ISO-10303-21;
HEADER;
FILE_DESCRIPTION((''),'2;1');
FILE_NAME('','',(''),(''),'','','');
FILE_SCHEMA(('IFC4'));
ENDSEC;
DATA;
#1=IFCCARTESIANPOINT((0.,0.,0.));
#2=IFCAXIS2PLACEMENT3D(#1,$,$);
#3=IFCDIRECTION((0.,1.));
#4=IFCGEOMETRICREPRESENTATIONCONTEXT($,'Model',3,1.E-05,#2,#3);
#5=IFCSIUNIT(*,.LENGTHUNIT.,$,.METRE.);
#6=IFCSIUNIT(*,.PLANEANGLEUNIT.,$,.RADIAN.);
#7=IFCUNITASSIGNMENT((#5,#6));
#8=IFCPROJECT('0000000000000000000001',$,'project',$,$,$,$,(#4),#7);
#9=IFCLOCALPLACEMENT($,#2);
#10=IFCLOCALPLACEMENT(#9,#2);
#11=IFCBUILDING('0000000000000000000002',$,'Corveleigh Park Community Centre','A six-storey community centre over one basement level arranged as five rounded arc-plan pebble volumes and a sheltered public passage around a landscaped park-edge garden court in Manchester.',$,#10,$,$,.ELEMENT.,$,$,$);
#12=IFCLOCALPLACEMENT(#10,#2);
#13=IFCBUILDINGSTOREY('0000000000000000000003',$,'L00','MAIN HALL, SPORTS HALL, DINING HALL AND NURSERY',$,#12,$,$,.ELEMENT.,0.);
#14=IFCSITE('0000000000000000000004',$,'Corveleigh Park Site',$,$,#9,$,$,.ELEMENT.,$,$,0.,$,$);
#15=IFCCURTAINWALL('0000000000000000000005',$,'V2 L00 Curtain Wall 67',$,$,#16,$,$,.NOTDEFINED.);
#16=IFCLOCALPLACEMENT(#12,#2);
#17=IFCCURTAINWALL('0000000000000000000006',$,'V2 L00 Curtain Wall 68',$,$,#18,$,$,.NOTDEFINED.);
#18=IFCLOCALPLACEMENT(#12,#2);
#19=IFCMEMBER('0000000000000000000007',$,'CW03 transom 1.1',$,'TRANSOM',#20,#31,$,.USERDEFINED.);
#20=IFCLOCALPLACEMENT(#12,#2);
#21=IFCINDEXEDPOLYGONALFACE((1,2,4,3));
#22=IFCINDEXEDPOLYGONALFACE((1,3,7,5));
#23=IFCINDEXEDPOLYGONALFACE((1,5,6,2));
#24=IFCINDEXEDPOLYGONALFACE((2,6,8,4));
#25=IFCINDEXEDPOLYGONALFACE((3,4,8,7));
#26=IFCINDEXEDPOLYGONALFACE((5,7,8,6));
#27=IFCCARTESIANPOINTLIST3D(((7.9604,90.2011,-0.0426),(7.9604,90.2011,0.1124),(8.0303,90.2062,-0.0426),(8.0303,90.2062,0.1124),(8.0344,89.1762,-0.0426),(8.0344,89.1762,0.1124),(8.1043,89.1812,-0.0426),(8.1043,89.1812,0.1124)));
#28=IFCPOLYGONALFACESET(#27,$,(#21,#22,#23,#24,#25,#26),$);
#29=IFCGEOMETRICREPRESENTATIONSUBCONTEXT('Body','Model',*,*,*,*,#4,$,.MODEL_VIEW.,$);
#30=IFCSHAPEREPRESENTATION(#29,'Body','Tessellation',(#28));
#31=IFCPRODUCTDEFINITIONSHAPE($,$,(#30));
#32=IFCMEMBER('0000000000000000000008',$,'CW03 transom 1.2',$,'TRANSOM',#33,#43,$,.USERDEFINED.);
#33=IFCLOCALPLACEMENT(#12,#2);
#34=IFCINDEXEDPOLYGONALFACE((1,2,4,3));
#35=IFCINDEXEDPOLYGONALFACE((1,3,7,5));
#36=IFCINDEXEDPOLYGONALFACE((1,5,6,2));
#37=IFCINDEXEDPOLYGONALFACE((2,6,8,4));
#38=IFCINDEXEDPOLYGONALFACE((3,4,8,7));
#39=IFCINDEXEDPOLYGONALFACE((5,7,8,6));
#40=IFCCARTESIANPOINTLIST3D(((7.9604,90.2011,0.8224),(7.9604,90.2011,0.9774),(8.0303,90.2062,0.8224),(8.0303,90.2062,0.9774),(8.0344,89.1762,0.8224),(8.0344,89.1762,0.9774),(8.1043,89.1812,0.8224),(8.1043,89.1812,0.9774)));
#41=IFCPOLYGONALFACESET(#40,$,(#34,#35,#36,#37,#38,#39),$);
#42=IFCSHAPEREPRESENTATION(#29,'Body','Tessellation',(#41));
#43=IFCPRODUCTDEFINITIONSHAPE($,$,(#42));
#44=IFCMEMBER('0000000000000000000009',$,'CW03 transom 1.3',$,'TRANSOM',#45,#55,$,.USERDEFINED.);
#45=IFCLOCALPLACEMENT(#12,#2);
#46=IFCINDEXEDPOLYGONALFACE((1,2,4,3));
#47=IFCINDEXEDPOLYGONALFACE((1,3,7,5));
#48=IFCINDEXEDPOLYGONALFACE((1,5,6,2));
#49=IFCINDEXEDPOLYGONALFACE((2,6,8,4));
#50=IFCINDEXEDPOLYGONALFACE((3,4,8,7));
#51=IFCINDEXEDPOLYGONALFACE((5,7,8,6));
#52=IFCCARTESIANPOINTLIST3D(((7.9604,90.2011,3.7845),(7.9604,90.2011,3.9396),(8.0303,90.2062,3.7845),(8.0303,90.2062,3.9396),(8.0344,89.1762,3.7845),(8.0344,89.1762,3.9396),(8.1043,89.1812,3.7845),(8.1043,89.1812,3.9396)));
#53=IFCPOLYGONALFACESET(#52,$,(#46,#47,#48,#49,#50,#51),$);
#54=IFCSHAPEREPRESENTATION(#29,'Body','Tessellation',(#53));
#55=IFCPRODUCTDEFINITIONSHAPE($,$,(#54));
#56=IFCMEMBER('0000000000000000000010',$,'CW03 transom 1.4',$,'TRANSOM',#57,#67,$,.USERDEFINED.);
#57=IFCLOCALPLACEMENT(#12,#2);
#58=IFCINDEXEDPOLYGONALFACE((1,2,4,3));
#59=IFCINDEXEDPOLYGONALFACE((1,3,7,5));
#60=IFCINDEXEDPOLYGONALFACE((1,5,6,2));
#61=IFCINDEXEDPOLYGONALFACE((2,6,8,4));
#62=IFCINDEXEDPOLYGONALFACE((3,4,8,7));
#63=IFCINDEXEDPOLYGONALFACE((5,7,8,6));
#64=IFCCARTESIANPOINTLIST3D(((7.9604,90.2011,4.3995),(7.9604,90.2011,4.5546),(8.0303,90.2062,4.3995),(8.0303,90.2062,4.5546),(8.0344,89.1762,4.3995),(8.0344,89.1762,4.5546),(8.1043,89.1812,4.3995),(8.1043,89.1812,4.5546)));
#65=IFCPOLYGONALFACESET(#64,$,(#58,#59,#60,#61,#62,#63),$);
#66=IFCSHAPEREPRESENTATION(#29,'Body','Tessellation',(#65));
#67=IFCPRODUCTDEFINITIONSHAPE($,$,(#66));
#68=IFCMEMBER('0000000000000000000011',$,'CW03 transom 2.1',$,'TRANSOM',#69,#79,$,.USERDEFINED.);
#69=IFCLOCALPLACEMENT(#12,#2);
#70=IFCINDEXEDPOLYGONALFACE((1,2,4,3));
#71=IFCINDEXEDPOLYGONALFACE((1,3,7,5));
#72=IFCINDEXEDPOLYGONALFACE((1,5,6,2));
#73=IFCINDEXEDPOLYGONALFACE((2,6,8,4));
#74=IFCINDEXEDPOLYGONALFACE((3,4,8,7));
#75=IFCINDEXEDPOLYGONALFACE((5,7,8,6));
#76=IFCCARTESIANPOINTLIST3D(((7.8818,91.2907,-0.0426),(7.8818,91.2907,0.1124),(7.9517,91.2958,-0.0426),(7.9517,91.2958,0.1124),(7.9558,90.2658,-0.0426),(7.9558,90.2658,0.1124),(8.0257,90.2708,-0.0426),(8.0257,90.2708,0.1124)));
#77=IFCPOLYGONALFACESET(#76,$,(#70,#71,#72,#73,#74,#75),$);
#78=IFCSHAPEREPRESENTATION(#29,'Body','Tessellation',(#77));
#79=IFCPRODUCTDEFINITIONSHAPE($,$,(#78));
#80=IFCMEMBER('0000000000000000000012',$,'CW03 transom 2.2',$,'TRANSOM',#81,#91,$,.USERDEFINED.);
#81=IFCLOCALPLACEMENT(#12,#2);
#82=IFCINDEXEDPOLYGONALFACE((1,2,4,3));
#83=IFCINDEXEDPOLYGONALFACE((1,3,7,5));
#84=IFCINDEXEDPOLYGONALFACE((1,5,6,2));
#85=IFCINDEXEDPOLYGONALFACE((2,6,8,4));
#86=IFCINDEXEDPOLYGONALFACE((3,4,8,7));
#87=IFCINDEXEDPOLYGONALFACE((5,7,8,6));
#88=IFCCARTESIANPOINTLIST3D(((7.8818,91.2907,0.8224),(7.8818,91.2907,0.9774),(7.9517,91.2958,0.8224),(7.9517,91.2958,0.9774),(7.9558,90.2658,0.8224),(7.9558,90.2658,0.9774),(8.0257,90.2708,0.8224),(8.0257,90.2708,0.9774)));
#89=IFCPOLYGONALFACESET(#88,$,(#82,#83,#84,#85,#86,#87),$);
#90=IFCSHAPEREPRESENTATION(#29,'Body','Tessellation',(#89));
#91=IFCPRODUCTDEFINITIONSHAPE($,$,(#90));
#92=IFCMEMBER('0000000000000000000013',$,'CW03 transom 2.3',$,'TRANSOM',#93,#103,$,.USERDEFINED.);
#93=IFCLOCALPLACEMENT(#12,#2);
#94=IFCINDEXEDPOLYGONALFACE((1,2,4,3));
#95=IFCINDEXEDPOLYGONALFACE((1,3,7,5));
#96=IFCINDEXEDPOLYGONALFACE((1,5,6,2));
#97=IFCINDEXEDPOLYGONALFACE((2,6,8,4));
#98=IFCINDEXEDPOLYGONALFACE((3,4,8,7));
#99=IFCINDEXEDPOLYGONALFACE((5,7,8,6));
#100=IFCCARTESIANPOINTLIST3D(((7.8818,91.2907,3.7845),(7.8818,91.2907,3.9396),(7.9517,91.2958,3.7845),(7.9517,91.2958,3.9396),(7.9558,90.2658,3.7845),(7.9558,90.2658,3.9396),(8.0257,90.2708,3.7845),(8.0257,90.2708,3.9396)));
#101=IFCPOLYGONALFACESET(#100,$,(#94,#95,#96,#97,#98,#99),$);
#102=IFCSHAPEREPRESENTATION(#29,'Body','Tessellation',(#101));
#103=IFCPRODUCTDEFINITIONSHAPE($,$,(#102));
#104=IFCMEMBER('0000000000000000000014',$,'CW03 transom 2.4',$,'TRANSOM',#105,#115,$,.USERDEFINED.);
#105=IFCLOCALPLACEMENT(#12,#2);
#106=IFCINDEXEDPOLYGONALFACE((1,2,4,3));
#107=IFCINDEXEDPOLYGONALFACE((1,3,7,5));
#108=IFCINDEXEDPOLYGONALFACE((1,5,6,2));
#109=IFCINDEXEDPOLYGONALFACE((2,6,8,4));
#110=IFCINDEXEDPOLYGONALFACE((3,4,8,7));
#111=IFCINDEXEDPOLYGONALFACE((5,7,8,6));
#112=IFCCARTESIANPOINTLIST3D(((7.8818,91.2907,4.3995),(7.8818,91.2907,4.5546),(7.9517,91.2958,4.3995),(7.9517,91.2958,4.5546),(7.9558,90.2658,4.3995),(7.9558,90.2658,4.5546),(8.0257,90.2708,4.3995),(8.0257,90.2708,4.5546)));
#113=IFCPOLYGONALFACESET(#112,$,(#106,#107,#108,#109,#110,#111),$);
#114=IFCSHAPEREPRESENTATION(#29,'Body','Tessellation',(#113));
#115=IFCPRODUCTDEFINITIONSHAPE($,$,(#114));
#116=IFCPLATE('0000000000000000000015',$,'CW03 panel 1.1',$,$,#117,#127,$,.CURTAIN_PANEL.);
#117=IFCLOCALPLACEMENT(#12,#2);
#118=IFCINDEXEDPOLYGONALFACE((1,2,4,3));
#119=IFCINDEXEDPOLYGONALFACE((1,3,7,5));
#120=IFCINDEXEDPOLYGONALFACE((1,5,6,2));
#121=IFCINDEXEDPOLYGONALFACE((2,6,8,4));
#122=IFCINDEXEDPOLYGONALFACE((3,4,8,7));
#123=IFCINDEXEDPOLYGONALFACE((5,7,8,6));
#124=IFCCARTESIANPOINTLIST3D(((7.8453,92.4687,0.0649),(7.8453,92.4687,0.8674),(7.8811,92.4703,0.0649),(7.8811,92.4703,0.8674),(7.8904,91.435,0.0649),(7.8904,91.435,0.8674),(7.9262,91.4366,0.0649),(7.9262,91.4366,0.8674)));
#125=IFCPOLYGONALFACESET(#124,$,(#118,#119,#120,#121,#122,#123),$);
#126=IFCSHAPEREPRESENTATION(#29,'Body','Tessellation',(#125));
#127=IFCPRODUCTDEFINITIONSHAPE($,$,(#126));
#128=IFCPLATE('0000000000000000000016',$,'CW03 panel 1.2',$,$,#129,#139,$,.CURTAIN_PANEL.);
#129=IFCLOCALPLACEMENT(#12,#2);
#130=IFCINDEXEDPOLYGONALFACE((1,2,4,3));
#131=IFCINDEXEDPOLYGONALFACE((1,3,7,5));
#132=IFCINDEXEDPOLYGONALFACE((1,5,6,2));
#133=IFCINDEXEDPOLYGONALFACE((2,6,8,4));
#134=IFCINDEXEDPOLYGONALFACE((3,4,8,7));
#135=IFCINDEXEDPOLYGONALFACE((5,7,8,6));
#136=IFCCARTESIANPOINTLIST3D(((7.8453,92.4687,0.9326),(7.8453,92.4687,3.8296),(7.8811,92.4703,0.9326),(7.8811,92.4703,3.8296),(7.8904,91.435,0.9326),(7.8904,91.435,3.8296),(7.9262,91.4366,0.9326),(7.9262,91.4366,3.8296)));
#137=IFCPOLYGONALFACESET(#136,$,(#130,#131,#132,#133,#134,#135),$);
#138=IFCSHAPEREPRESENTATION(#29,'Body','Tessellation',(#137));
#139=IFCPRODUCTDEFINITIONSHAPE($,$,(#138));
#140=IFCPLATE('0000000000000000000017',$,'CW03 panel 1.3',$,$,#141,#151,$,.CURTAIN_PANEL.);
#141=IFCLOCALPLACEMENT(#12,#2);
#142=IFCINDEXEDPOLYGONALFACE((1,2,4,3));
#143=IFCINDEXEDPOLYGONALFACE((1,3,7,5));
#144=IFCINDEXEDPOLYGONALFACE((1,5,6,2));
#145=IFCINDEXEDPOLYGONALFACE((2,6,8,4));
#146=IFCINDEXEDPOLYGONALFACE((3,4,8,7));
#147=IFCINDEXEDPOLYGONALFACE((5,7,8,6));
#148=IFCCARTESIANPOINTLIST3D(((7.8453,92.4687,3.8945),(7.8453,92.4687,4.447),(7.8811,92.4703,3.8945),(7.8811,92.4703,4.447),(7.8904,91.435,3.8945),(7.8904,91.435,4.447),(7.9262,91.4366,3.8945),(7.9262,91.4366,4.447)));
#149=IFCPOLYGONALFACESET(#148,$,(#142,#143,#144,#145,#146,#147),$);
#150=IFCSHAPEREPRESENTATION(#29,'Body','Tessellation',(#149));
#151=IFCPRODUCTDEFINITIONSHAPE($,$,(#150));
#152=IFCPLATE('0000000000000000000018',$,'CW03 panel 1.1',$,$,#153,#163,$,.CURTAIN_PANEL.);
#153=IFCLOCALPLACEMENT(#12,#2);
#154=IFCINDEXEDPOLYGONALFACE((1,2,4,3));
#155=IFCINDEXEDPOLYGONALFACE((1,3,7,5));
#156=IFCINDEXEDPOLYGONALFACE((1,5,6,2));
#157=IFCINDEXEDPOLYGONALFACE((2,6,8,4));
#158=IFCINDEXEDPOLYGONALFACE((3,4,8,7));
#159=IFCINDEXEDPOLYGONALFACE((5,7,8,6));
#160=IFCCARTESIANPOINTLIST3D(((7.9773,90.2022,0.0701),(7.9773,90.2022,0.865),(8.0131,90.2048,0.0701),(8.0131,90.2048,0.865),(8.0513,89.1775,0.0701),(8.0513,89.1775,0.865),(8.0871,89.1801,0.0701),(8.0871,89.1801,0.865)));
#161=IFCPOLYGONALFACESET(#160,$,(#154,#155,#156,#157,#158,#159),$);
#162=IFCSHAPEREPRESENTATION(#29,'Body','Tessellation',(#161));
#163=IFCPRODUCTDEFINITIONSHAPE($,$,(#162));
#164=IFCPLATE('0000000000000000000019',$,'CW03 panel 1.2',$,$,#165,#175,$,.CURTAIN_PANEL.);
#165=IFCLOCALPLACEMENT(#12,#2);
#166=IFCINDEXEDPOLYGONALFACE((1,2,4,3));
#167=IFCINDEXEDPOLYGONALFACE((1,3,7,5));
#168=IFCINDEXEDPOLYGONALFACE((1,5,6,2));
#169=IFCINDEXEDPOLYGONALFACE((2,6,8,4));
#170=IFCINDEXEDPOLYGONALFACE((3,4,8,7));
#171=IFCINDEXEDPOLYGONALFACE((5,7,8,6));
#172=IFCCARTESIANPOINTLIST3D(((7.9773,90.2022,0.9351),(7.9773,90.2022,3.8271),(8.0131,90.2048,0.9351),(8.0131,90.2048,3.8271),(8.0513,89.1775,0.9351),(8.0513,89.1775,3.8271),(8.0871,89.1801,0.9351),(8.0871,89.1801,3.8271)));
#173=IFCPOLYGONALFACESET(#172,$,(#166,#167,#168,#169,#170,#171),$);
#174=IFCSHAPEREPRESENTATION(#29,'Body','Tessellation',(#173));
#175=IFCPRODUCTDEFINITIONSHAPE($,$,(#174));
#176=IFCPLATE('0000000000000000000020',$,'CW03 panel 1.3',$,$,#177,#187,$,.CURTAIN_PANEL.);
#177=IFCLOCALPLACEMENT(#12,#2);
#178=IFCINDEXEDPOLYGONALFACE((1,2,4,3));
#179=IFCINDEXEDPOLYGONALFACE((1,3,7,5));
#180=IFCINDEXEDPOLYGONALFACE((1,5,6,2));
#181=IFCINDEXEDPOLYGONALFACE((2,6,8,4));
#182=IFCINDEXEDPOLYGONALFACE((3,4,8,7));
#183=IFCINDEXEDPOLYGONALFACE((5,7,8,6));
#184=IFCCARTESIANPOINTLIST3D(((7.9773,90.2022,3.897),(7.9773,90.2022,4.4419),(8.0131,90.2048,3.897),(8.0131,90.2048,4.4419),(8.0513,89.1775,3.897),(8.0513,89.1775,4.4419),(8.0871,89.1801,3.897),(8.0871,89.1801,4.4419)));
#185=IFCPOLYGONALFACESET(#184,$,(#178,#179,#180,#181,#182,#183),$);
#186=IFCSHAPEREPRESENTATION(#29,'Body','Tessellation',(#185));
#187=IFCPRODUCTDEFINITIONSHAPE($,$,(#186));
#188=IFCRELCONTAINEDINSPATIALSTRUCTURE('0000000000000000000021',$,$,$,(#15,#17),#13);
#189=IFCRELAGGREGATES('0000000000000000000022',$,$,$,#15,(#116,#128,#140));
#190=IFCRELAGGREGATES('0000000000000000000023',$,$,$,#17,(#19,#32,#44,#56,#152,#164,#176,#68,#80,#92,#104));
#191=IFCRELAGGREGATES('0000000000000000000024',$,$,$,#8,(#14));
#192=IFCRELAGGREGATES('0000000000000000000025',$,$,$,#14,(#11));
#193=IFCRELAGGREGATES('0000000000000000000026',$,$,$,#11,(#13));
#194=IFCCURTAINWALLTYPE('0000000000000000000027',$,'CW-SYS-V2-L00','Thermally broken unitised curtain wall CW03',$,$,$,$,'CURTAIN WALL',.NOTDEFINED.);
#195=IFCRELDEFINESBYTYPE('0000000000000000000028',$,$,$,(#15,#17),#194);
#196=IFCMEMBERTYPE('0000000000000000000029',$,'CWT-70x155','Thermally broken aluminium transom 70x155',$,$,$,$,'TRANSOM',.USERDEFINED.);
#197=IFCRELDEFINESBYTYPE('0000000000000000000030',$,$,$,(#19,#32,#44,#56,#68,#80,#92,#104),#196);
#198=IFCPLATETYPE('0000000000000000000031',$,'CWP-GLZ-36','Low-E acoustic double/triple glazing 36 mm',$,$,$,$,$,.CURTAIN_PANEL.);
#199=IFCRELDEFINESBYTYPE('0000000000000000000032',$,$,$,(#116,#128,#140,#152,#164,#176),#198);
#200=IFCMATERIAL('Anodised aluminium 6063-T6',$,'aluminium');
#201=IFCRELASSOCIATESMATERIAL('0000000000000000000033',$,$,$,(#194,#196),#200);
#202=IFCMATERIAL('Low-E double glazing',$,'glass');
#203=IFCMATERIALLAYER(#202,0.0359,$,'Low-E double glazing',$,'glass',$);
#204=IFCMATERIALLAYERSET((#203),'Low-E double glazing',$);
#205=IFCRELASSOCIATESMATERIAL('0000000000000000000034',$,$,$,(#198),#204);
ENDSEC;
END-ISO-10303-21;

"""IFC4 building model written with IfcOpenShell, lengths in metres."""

from ifc_helpers import new_model, si_unit, direction, frame, origin, origin_2d, place, context, subcontext, project, spatial, rectangle, extrude, material, layer, layer_set, material_profile, profile_set, type_object, element, aggregate, save


model = new_model("IFC4")

# Units and contexts
model_context = context("Model", 3, precision=1e-05, world=origin(), true_north=direction((0.0, 1.0)))
body_context = subcontext(model_context, "Body", "Model", "MODEL_VIEW")
ifc_project = project(units=[si_unit("LENGTHUNIT", "METRE"), si_unit("PLANEANGLEUNIT", "RADIAN")], contexts=[model_context])

# Site, building, storey
site_placement = place(None, origin())
site = spatial("IfcSite", under=ifc_project, at=site_placement, Name="Corveleigh Park Site", CompositionType="ELEMENT", RefElevation=0.0)
building_placement = place(site_placement, origin())
building = spatial("IfcBuilding", under=site, at=building_placement, Name="Corveleigh Park Community Centre", Description="A six-storey community centre over one basement level arranged as five rounded arc-plan pebble volumes and a sheltered public passage around a landscaped park-edge garden court in Manchester.", CompositionType="ELEMENT")
storey_placement = place(building_placement, origin())
storey = spatial("IfcBuildingStorey", under=building, at=storey_placement, Name="L00", Description="MAIN HALL, SPORTS HALL, DINING HALL AND NURSERY", CompositionType="ELEMENT", Elevation=0.0)

# Curtain walls
ifc_material_1 = material(Name="Anodised aluminium 6063-T6", Category="aluminium")
curtain_wall_type = type_object("IfcCurtainWallType", Name="CW-SYS-V2-L00", Description="Thermally broken unitised curtain wall CW03", ElementType="CURTAIN WALL", PredefinedType="NOTDEFINED", material=ifc_material_1)
curtain_wall_1_placement = place(storey_placement, origin())
curtain_wall_1 = element("IfcCurtainWall", 1, at=curtain_wall_1_placement, inside=storey, type_object=curtain_wall_type, Name="V2 L00 Curtain Wall 67", PredefinedType="NOTDEFINED")
curtain_wall_2_placement = place(storey_placement, origin())
curtain_wall_2 = element("IfcCurtainWall", 2, at=curtain_wall_2_placement, inside=storey, type_object=curtain_wall_type, Name="V2 L00 Curtain Wall 68", PredefinedType="NOTDEFINED")

# Members
ifc_material_profile_1 = material_profile(ifc_material_1, rectangle(XDim=0.0701, YDim=0.155, at=origin_2d()), Name="ALU-T70x155", Category="aluminium")
ifc_profile_set_1 = profile_set([ifc_material_profile_1], Name="Anodised aluminium 6063-T6")
member_type_1 = type_object("IfcMemberType", Name="CWT-70x155", Description="Thermally broken aluminium transom 70x155", ElementType="TRANSOM", PredefinedType="USERDEFINED", material=ifc_profile_set_1)
member_1_placement = place(storey_placement, frame((8.0693, 89.1787, 0.0349), z_axis=(-0.07199, 0.997405, 0.0), x_axis=(-0.997405, -0.07199, 0.0)))
member_1 = element("IfcMember", 3, at=member_1_placement, type_object=member_type_1, Name="CW03 transom 1.1", ObjectType="TRANSOM", PredefinedType="USERDEFINED", context=body_context, shape_type="SweptSolid", body=[
    extrude(rectangle(XDim=0.0701, YDim=0.155, at=origin_2d()), origin(), (0.0, 0.0, 1.0), 1.0276),
])
member_2_placement = place(storey_placement, frame((8.0693, 89.1787, 0.8999), z_axis=(-0.07199, 0.997405, 0.0), x_axis=(-0.997405, -0.07199, 0.0)))
member_2 = element("IfcMember", 4, at=member_2_placement, type_object=member_type_1, Name="CW03 transom 1.2", ObjectType="TRANSOM", PredefinedType="USERDEFINED", context=body_context, shape_type="SweptSolid", body=[
    extrude(rectangle(XDim=0.0701, YDim=0.155, at=origin_2d()), origin(), (0.0, 0.0, 1.0), 1.0276),
])
member_3_placement = place(storey_placement, frame((8.0693, 89.1787, 3.8621), z_axis=(-0.07199, 0.997405, 0.0), x_axis=(-0.997405, -0.07199, 0.0)))
member_3 = element("IfcMember", 5, at=member_3_placement, type_object=member_type_1, Name="CW03 transom 1.3", ObjectType="TRANSOM", PredefinedType="USERDEFINED", context=body_context, shape_type="SweptSolid", body=[
    extrude(rectangle(XDim=0.0701, YDim=0.155, at=origin_2d()), origin(), (0.0, 0.0, 1.0), 1.0276),
])
member_4_placement = place(storey_placement, frame((8.0693, 89.1787, 4.4771), z_axis=(-0.07199, 0.997405, 0.0), x_axis=(-0.997405, -0.07199, 0.0)))
member_4 = element("IfcMember", 6, at=member_4_placement, type_object=member_type_1, Name="CW03 transom 1.4", ObjectType="TRANSOM", PredefinedType="USERDEFINED", context=body_context, shape_type="SweptSolid", body=[
    extrude(rectangle(XDim=0.0701, YDim=0.155, at=origin_2d()), origin(), (0.0, 0.0, 1.0), 1.0276),
])
member_5_placement = place(storey_placement, frame((7.9907, 90.2683, 0.0349), z_axis=(-0.07199, 0.997405, 0.0), x_axis=(-0.997405, -0.07199, 0.0)))
member_5 = element("IfcMember", 7, at=member_5_placement, type_object=member_type_1, Name="CW03 transom 2.1", ObjectType="TRANSOM", PredefinedType="USERDEFINED", context=body_context, shape_type="SweptSolid", body=[
    extrude(rectangle(XDim=0.0701, YDim=0.155, at=origin_2d()), origin(), (0.0, 0.0, 1.0), 1.0276),
])
member_6_placement = place(storey_placement, frame((7.9907, 90.2683, 0.8999), z_axis=(-0.07199, 0.997405, 0.0), x_axis=(-0.997405, -0.07199, 0.0)))
member_6 = element("IfcMember", 8, at=member_6_placement, type_object=member_type_1, Name="CW03 transom 2.2", ObjectType="TRANSOM", PredefinedType="USERDEFINED", context=body_context, shape_type="SweptSolid", body=[
    extrude(rectangle(XDim=0.0701, YDim=0.155, at=origin_2d()), origin(), (0.0, 0.0, 1.0), 1.0276),
])
member_7_placement = place(storey_placement, frame((7.9907, 90.2683, 3.8621), z_axis=(-0.07199, 0.997405, 0.0), x_axis=(-0.997405, -0.07199, 0.0)))
member_7 = element("IfcMember", 9, at=member_7_placement, type_object=member_type_1, Name="CW03 transom 2.3", ObjectType="TRANSOM", PredefinedType="USERDEFINED", context=body_context, shape_type="SweptSolid", body=[
    extrude(rectangle(XDim=0.0701, YDim=0.155, at=origin_2d()), origin(), (0.0, 0.0, 1.0), 1.0276),
])
member_8_placement = place(storey_placement, frame((7.9907, 90.2683, 4.4771), z_axis=(-0.07199, 0.997405, 0.0), x_axis=(-0.997405, -0.07199, 0.0)))
member_8 = element("IfcMember", 10, at=member_8_placement, type_object=member_type_1, Name="CW03 transom 2.4", ObjectType="TRANSOM", PredefinedType="USERDEFINED", context=body_context, shape_type="SweptSolid", body=[
    extrude(rectangle(XDim=0.0701, YDim=0.155, at=origin_2d()), origin(), (0.0, 0.0, 1.0), 1.0276),
])

# Plates
ifc_material_2 = material(Name="Low-E double glazing", Category="glass")
ifc_layer = layer(ifc_material_2, 0.0359, Name="Low-E double glazing", Category="glass")
ifc_layer_set = layer_set([ifc_layer], Name="Low-E double glazing")
plate_type = type_object("IfcPlateType", Name="CWP-GLZ-36", Description="Low-E acoustic double/triple glazing 36 mm", PredefinedType="CURTAIN_PANEL", material=ifc_layer_set)
plate_1_placement = place(storey_placement, frame((7.8857, 91.9526, 0.0649), z_axis=(0.0, 0.0, 1.0), x_axis=(-0.043572, 0.99905, 0.0)))
plate_1 = element("IfcPlate", 11, at=plate_1_placement, type_object=plate_type, Name="CW03 panel 1.1", PredefinedType="CURTAIN_PANEL", context=body_context, shape_type="SweptSolid", body=[
    extrude(rectangle(XDim=1.0347, YDim=0.0359, at=origin_2d()), origin(), (0.0, 0.0, 1.0), 0.8025),
])
plate_2_placement = place(storey_placement, frame((7.8857, 91.9526, 0.9326), z_axis=(0.0, 0.0, 1.0), x_axis=(-0.043572, 0.99905, 0.0)))
plate_2 = element("IfcPlate", 12, at=plate_2_placement, type_object=plate_type, Name="CW03 panel 1.2", PredefinedType="CURTAIN_PANEL", context=body_context, shape_type="SweptSolid", body=[
    extrude(rectangle(XDim=1.0347, YDim=0.0359, at=origin_2d()), origin(), (0.0, 0.0, 1.0), 2.897),
])
plate_3_placement = place(storey_placement, frame((7.8857, 91.9526, 3.8945), z_axis=(0.0, 0.0, 1.0), x_axis=(-0.043572, 0.99905, 0.0)))
plate_3 = element("IfcPlate", 13, at=plate_3_placement, type_object=plate_type, Name="CW03 panel 1.3", PredefinedType="CURTAIN_PANEL", context=body_context, shape_type="SweptSolid", body=[
    extrude(rectangle(XDim=1.0347, YDim=0.0359, at=origin_2d()), origin(), (0.0, 0.0, 1.0), 0.5525),
])
aggregate(curtain_wall_1, [plate_1, plate_2, plate_3])
plate_4_placement = place(storey_placement, frame((8.0322, 89.6912, 0.0701), z_axis=(0.0, 0.0, 1.0), x_axis=(-0.072005, 0.997404, 0.0)))
plate_4 = element("IfcPlate", 14, at=plate_4_placement, type_object=plate_type, Name="CW03 panel 1.1", PredefinedType="CURTAIN_PANEL", context=body_context, shape_type="SweptSolid", body=[
    extrude(rectangle(XDim=1.0273, YDim=0.0359, at=origin_2d()), origin(), (0.0, 0.0, 1.0), 0.7949),
])
plate_5_placement = place(storey_placement, frame((8.0322, 89.6912, 0.9351), z_axis=(0.0, 0.0, 1.0), x_axis=(-0.072005, 0.997404, 0.0)))
plate_5 = element("IfcPlate", 15, at=plate_5_placement, type_object=plate_type, Name="CW03 panel 1.2", PredefinedType="CURTAIN_PANEL", context=body_context, shape_type="SweptSolid", body=[
    extrude(rectangle(XDim=1.0273, YDim=0.0359, at=origin_2d()), origin(), (0.0, 0.0, 1.0), 2.8921),
])
plate_6_placement = place(storey_placement, frame((8.0322, 89.6912, 3.897), z_axis=(0.0, 0.0, 1.0), x_axis=(-0.072005, 0.997404, 0.0)))
plate_6 = element("IfcPlate", 16, at=plate_6_placement, type_object=plate_type, Name="CW03 panel 1.3", PredefinedType="CURTAIN_PANEL", context=body_context, shape_type="SweptSolid", body=[
    extrude(rectangle(XDim=1.0273, YDim=0.0359, at=origin_2d()), origin(), (0.0, 0.0, 1.0), 0.5449),
])
aggregate(curtain_wall_2, [member_1, member_2, member_3, member_4, plate_4, plate_5, plate_6, member_5, member_6, member_7, member_8])

save(model, "model.ifc")
